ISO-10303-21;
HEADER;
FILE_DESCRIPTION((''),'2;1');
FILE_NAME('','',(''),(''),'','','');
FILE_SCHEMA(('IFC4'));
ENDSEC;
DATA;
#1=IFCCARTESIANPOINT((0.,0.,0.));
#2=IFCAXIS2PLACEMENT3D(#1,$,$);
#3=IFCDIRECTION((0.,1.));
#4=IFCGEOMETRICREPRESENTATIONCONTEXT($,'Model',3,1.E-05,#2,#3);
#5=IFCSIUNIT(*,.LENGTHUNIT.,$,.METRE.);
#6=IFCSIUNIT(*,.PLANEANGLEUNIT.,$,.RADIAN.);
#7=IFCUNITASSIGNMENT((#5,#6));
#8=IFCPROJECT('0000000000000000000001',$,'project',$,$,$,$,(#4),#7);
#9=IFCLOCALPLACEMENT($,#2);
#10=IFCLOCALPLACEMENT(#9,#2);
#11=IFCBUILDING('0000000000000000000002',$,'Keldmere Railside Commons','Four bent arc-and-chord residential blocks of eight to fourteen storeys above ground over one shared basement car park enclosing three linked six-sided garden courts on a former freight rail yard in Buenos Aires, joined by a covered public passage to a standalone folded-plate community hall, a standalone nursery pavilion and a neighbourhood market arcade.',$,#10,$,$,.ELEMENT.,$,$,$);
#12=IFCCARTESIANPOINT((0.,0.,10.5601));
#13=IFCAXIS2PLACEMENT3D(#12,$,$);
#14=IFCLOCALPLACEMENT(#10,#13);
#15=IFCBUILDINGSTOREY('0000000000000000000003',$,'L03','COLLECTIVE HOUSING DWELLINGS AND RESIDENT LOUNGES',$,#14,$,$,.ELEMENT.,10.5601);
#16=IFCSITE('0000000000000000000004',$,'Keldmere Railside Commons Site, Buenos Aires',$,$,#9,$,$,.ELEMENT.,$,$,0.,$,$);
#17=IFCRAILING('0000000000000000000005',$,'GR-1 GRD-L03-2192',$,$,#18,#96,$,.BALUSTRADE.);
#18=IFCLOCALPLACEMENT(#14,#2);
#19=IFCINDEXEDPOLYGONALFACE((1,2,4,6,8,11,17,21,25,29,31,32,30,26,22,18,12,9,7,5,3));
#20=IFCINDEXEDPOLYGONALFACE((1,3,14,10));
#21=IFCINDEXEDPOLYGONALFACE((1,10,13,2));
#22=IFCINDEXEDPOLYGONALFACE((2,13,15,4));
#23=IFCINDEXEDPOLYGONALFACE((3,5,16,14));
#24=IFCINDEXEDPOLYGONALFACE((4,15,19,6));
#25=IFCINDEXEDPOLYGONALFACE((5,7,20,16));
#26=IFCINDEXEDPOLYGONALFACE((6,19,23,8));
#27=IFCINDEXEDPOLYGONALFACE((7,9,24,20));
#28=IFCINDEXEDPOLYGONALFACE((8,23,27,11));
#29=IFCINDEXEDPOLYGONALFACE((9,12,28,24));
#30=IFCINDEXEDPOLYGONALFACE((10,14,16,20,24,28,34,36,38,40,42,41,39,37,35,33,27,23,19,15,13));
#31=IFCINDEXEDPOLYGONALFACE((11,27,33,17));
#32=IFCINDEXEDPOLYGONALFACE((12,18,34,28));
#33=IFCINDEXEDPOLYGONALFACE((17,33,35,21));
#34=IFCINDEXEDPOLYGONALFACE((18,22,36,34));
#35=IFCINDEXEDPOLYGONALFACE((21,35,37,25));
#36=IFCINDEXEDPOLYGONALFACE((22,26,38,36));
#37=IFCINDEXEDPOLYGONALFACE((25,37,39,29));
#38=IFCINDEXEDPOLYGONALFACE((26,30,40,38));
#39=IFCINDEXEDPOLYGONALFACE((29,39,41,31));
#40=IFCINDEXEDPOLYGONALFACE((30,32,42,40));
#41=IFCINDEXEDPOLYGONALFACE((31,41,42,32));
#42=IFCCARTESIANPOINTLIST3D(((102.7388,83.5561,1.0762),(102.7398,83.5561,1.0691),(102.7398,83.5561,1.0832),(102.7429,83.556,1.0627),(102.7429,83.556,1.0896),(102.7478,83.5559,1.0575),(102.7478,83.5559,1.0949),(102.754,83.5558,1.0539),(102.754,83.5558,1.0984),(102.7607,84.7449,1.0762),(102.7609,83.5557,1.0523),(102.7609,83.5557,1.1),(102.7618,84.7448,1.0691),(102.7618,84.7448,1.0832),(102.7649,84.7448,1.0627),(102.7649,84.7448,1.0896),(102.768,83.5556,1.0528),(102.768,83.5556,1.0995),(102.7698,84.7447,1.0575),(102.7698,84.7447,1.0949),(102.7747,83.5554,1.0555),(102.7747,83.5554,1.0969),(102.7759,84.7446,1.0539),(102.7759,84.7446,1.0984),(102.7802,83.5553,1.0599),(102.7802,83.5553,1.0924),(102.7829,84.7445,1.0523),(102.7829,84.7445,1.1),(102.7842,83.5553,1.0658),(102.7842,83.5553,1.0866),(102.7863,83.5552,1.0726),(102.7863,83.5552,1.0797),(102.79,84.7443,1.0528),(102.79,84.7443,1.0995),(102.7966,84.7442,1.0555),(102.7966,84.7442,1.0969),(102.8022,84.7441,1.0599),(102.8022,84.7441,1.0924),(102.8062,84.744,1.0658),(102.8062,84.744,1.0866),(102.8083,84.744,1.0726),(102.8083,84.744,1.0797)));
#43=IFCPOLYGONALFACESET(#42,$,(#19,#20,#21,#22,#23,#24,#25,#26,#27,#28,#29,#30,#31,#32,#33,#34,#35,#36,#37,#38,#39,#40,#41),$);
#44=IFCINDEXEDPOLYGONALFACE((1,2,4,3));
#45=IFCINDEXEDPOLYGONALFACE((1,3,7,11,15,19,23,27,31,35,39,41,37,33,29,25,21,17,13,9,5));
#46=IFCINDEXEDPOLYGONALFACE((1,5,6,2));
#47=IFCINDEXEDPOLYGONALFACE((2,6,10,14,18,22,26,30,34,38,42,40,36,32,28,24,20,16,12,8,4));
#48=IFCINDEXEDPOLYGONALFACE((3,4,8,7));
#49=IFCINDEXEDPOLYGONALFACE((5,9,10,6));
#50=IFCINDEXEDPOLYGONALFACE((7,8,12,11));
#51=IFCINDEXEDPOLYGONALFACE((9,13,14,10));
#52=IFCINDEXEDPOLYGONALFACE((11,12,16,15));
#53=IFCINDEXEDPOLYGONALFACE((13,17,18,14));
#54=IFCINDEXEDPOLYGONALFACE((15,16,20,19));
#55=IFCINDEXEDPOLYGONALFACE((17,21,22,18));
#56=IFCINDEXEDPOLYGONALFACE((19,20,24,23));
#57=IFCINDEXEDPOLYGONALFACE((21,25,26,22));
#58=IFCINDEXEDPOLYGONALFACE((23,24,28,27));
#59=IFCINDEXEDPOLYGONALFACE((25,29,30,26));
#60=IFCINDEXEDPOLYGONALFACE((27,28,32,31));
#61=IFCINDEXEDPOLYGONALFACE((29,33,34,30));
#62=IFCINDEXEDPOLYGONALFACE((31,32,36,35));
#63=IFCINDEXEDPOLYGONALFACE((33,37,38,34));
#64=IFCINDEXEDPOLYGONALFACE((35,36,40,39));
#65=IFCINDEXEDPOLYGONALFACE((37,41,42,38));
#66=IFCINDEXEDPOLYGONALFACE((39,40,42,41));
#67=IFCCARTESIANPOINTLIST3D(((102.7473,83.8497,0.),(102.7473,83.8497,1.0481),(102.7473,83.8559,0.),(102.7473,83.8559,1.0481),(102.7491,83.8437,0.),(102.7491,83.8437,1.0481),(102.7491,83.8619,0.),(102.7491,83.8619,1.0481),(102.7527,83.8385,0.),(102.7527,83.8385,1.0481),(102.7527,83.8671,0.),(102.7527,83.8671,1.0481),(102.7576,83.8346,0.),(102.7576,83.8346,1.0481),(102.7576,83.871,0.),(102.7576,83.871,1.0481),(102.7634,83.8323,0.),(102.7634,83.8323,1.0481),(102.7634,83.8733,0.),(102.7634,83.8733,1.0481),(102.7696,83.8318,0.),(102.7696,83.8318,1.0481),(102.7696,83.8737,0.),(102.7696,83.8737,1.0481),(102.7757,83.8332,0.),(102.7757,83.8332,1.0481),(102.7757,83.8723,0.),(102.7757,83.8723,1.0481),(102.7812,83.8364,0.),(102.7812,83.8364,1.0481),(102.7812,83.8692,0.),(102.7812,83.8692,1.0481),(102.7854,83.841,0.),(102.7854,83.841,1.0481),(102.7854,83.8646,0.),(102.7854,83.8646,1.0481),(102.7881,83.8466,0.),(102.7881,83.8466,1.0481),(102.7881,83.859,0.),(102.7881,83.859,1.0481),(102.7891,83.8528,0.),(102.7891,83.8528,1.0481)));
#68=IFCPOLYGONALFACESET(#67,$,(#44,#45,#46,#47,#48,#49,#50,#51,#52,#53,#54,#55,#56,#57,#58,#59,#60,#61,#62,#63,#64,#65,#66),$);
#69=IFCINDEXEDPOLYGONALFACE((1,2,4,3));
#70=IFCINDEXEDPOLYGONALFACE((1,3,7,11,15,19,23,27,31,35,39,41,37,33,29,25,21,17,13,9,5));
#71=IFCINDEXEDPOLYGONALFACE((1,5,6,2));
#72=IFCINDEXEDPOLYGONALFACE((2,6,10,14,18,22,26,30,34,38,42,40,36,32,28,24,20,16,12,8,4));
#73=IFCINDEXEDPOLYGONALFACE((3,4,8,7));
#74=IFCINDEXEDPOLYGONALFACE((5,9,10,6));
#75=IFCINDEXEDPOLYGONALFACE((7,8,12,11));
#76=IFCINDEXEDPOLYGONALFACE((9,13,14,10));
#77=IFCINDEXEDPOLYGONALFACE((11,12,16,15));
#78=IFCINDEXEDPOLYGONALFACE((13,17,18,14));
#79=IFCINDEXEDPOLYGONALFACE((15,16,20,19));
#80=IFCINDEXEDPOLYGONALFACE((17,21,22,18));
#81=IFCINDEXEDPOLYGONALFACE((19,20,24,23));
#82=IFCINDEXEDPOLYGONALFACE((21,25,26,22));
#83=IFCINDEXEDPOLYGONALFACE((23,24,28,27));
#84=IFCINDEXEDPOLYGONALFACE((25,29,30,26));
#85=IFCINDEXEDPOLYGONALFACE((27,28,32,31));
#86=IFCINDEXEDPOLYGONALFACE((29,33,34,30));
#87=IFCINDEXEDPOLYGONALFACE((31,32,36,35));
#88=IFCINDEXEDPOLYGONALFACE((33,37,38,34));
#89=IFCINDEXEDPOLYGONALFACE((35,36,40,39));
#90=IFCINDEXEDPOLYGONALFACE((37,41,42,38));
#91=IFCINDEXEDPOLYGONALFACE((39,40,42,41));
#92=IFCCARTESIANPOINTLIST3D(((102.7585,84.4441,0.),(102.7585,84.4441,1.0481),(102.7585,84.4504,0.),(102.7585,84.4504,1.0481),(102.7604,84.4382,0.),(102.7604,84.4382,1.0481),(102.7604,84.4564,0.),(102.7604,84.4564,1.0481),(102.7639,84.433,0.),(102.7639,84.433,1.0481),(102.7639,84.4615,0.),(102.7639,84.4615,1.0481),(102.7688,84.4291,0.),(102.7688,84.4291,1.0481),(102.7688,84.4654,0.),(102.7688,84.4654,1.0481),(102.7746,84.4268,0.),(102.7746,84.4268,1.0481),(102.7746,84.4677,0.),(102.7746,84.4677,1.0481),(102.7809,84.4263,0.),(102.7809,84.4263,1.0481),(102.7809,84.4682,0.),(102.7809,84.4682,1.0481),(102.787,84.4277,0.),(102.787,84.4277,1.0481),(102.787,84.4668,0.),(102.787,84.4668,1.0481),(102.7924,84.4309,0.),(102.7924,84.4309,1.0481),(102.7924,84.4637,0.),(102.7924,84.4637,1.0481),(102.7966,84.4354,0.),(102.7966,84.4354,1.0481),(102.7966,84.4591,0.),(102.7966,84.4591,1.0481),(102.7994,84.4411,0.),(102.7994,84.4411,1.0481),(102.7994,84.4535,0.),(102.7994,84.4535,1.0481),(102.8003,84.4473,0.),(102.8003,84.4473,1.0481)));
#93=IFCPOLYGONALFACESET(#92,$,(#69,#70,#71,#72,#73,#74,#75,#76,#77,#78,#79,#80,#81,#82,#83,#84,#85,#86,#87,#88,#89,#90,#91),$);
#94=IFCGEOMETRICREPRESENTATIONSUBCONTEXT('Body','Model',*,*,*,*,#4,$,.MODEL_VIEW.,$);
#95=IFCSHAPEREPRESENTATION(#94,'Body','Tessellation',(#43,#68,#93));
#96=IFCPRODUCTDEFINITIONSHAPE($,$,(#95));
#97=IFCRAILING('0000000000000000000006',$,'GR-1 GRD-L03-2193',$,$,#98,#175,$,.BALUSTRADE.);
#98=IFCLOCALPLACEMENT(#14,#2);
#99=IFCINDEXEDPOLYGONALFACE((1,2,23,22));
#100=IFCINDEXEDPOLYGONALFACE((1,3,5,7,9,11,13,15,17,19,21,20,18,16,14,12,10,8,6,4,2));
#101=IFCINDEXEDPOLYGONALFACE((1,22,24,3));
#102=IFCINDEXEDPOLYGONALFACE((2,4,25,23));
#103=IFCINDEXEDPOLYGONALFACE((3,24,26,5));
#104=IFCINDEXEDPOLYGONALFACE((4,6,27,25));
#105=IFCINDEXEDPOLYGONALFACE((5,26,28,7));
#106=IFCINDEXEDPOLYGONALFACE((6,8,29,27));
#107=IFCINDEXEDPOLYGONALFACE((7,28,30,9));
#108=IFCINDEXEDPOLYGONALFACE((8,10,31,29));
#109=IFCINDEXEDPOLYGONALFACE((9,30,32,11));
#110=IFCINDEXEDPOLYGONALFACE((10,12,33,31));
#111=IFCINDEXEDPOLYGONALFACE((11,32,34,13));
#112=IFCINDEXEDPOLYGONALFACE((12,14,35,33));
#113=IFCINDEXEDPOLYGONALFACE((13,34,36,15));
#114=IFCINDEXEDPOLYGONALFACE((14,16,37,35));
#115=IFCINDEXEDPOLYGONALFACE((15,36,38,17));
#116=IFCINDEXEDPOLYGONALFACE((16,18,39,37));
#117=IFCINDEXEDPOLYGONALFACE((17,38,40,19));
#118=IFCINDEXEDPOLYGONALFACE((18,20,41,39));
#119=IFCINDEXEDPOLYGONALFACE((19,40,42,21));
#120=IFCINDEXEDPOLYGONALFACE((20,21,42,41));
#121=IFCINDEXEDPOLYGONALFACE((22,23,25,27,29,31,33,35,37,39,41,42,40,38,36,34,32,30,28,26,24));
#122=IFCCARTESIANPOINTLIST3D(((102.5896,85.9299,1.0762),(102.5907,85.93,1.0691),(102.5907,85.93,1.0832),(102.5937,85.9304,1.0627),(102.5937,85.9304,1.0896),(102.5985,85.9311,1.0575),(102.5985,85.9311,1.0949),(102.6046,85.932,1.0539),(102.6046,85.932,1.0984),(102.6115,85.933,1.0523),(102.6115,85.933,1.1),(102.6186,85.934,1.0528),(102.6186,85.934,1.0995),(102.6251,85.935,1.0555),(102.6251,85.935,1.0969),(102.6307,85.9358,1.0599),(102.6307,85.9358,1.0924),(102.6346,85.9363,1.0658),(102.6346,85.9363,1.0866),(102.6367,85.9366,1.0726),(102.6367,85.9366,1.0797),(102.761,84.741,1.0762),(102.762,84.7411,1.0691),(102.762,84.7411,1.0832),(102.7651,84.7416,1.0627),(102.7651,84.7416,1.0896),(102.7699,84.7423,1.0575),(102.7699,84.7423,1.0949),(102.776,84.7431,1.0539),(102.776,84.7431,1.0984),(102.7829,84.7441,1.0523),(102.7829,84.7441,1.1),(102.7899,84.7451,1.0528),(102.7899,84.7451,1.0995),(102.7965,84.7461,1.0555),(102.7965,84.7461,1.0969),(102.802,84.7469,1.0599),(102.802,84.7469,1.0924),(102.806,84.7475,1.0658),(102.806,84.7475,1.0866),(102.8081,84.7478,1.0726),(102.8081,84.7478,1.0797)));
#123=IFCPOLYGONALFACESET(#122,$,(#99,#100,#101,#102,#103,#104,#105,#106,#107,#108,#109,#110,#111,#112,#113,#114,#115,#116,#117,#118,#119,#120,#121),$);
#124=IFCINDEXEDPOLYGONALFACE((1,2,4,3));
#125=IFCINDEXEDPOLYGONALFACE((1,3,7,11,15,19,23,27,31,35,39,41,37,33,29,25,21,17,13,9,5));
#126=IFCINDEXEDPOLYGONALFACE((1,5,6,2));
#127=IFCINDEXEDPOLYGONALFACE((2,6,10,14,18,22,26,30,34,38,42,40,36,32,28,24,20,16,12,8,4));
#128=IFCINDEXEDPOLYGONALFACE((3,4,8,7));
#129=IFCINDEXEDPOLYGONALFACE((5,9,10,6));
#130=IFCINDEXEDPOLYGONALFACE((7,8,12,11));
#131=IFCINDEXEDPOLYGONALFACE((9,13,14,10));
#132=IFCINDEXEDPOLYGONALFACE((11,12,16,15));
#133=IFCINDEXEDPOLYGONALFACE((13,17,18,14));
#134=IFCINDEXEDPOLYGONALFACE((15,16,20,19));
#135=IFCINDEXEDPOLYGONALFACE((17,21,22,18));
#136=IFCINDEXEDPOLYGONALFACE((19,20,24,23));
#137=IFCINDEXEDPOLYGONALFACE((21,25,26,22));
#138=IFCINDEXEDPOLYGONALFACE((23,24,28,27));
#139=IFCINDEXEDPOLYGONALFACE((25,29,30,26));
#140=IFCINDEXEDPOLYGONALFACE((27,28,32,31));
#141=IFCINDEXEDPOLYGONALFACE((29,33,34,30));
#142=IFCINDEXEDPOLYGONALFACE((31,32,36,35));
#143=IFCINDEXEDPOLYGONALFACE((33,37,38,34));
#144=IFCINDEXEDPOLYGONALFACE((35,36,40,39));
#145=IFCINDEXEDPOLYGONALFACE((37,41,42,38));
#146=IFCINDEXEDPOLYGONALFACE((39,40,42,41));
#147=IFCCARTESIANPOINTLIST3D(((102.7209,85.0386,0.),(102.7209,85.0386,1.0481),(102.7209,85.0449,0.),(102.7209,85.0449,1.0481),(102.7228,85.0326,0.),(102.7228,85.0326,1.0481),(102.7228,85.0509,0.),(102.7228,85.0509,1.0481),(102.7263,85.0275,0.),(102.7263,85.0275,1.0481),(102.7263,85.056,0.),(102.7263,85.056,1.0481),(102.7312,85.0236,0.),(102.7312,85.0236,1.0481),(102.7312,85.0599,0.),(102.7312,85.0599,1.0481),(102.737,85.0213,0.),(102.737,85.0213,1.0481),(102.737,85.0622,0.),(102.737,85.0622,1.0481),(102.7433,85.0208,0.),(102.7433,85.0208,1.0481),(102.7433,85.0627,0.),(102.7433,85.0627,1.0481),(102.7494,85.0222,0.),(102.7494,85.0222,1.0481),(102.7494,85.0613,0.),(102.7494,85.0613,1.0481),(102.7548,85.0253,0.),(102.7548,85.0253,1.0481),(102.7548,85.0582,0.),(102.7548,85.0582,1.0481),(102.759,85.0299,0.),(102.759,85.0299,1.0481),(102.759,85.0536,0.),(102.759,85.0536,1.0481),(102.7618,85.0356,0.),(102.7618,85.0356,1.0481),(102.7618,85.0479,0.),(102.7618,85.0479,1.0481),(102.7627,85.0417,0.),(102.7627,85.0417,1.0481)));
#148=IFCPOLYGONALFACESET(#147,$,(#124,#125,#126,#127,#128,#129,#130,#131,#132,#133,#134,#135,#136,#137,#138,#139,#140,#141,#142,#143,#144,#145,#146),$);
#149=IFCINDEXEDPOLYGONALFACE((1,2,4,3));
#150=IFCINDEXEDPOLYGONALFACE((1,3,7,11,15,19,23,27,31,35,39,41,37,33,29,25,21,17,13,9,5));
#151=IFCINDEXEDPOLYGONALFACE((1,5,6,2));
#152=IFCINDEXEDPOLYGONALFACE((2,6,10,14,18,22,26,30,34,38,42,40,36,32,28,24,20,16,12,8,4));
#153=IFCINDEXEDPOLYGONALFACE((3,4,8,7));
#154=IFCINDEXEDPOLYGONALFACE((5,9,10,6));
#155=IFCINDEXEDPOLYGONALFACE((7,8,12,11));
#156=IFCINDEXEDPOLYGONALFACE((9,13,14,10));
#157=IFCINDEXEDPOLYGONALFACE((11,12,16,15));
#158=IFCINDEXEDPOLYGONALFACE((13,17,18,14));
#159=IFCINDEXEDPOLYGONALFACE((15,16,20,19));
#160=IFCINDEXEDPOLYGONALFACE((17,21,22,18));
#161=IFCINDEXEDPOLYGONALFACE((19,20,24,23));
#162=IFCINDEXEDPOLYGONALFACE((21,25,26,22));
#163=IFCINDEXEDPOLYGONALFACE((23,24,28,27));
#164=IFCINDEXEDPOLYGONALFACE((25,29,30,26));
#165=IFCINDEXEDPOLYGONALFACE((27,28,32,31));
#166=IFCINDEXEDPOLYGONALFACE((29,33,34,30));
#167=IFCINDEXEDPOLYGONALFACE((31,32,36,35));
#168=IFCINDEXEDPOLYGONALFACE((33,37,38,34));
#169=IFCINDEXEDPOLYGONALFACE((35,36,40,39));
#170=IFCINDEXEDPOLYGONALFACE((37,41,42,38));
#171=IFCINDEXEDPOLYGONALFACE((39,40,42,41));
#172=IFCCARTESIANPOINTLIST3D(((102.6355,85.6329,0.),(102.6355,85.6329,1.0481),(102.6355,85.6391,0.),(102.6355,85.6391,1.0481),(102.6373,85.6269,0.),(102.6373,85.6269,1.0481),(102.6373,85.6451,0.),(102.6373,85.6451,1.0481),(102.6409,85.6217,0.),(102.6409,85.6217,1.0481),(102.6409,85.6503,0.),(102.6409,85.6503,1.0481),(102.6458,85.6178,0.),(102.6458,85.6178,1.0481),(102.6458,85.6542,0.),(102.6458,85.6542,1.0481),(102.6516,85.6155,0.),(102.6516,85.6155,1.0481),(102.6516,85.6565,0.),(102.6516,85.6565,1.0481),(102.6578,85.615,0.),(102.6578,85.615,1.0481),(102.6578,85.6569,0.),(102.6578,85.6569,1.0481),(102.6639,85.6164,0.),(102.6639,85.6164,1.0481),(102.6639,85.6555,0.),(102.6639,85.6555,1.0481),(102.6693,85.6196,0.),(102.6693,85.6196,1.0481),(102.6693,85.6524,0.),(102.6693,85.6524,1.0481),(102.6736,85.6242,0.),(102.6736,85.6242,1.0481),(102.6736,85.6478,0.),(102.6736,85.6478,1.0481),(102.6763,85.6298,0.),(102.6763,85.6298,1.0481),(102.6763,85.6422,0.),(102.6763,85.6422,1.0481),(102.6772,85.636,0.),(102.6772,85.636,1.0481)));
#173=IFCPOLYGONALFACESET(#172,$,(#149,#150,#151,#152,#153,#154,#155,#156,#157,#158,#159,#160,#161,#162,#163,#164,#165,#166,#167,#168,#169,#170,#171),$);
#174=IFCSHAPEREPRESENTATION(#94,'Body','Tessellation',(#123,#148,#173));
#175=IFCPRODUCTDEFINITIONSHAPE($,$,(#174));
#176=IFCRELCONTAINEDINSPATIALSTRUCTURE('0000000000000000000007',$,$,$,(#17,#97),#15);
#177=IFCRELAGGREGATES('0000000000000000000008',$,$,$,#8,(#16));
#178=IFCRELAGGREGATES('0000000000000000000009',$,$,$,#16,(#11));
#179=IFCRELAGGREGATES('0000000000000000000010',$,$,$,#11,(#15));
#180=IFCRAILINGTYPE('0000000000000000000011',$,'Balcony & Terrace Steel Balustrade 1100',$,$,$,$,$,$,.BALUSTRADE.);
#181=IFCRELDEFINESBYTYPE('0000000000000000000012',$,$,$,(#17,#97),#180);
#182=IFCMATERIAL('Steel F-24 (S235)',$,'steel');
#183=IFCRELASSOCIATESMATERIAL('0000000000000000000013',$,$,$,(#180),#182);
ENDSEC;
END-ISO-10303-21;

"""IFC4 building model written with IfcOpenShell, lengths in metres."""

from ifc_helpers import new_model, si_unit, direction, frame, origin, origin_2d, place, context, subcontext, project, spatial, circle, extrude, material, type_object, element, save


model = new_model("IFC4")

# Units and contexts
model_context = context("Model", 3, precision=1e-05, world=origin(), true_north=direction((0.0, 1.0)))
body_context = subcontext(model_context, "Body", "Model", "MODEL_VIEW")
ifc_project = project(units=[si_unit("LENGTHUNIT", "METRE"), si_unit("PLANEANGLEUNIT", "RADIAN")], contexts=[model_context])

# Site, building, storey
site_placement = place(None, origin())
site = spatial("IfcSite", under=ifc_project, at=site_placement, Name="Keldmere Railside Commons Site, Buenos Aires", CompositionType="ELEMENT", RefElevation=0.0)
building_placement = place(site_placement, origin())
building = spatial("IfcBuilding", under=site, at=building_placement, Name="Keldmere Railside Commons", Description="Four bent arc-and-chord residential blocks of eight to fourteen storeys above ground over one shared basement car park enclosing three linked six-sided garden courts on a former freight rail yard in Buenos Aires, joined by a covered public passage to a standalone folded-plate community hall, a standalone nursery pavilion and a neighbourhood market arcade.", CompositionType="ELEMENT")
storey_placement = place(building_placement, frame((0.0, 0.0, 10.5601)))
storey = spatial("IfcBuildingStorey", under=building, at=storey_placement, Name="L03", Description="COLLECTIVE HOUSING DWELLINGS AND RESIDENT LOUNGES", CompositionType="ELEMENT", Elevation=10.5601)

# Railings
ifc_material_1 = material(Name="Steel F-24 (S235)", Category="steel")
railing_type = type_object("IfcRailingType", Name="Balcony & Terrace Steel Balustrade 1100", PredefinedType="BALUSTRADE", material=ifc_material_1)
railing_1_placement = place(storey_placement, frame((102.7627, 83.5557, 0.0)))
element("IfcRailing", 1, at=railing_1_placement, inside=storey, type_object=railing_type, Name="GR-1 GRD-L03-2192", PredefinedType="BALUSTRADE", context=body_context, shape_type="SweptSolid", body=[
    extrude(circle(Radius=0.0239, at=origin_2d()), frame((0.0, 0.0, 1.0762), z_axis=(0.018481, 0.999829, 0.0), x_axis=(-0.999829, 0.018481, 0.0)), (0.0, 0.0, 1.0), 1.189),
    extrude(circle(Radius=0.021, at=origin_2d()), frame((0.0054, 0.2971, 0.0)), (0.0, 0.0, 1.0), 1.0481),
    extrude(circle(Radius=0.021, at=origin_2d()), frame((0.0166, 0.8916, 0.0)), (0.0, 0.0, 1.0), 1.0481),
])
railing_2_placement = place(storey_placement, frame((102.7847, 84.7444, 0.0)))
element("IfcRailing", 2, at=railing_2_placement, inside=storey, type_object=railing_type, Name="GR-1 GRD-L03-2193", PredefinedType="BALUSTRADE", context=body_context, shape_type="SweptSolid", body=[
    extrude(circle(Radius=0.0239, at=origin_2d()), frame((0.0, 0.0, 1.0762), z_axis=(-0.142673, 0.98977, 0.0), x_axis=(-0.98977, -0.142673, 0.0)), (0.0, 0.0, 1.0), 1.2012),
    extrude(circle(Radius=0.021, at=origin_2d()), frame((-0.043, 0.2974, 0.0)), (0.0, 0.0, 1.0), 1.0481),
    extrude(circle(Radius=0.021, at=origin_2d()), frame((-0.1284, 0.8916, 0.0)), (0.0, 0.0, 1.0), 1.0481),
])

save(model, "model.ifc")
